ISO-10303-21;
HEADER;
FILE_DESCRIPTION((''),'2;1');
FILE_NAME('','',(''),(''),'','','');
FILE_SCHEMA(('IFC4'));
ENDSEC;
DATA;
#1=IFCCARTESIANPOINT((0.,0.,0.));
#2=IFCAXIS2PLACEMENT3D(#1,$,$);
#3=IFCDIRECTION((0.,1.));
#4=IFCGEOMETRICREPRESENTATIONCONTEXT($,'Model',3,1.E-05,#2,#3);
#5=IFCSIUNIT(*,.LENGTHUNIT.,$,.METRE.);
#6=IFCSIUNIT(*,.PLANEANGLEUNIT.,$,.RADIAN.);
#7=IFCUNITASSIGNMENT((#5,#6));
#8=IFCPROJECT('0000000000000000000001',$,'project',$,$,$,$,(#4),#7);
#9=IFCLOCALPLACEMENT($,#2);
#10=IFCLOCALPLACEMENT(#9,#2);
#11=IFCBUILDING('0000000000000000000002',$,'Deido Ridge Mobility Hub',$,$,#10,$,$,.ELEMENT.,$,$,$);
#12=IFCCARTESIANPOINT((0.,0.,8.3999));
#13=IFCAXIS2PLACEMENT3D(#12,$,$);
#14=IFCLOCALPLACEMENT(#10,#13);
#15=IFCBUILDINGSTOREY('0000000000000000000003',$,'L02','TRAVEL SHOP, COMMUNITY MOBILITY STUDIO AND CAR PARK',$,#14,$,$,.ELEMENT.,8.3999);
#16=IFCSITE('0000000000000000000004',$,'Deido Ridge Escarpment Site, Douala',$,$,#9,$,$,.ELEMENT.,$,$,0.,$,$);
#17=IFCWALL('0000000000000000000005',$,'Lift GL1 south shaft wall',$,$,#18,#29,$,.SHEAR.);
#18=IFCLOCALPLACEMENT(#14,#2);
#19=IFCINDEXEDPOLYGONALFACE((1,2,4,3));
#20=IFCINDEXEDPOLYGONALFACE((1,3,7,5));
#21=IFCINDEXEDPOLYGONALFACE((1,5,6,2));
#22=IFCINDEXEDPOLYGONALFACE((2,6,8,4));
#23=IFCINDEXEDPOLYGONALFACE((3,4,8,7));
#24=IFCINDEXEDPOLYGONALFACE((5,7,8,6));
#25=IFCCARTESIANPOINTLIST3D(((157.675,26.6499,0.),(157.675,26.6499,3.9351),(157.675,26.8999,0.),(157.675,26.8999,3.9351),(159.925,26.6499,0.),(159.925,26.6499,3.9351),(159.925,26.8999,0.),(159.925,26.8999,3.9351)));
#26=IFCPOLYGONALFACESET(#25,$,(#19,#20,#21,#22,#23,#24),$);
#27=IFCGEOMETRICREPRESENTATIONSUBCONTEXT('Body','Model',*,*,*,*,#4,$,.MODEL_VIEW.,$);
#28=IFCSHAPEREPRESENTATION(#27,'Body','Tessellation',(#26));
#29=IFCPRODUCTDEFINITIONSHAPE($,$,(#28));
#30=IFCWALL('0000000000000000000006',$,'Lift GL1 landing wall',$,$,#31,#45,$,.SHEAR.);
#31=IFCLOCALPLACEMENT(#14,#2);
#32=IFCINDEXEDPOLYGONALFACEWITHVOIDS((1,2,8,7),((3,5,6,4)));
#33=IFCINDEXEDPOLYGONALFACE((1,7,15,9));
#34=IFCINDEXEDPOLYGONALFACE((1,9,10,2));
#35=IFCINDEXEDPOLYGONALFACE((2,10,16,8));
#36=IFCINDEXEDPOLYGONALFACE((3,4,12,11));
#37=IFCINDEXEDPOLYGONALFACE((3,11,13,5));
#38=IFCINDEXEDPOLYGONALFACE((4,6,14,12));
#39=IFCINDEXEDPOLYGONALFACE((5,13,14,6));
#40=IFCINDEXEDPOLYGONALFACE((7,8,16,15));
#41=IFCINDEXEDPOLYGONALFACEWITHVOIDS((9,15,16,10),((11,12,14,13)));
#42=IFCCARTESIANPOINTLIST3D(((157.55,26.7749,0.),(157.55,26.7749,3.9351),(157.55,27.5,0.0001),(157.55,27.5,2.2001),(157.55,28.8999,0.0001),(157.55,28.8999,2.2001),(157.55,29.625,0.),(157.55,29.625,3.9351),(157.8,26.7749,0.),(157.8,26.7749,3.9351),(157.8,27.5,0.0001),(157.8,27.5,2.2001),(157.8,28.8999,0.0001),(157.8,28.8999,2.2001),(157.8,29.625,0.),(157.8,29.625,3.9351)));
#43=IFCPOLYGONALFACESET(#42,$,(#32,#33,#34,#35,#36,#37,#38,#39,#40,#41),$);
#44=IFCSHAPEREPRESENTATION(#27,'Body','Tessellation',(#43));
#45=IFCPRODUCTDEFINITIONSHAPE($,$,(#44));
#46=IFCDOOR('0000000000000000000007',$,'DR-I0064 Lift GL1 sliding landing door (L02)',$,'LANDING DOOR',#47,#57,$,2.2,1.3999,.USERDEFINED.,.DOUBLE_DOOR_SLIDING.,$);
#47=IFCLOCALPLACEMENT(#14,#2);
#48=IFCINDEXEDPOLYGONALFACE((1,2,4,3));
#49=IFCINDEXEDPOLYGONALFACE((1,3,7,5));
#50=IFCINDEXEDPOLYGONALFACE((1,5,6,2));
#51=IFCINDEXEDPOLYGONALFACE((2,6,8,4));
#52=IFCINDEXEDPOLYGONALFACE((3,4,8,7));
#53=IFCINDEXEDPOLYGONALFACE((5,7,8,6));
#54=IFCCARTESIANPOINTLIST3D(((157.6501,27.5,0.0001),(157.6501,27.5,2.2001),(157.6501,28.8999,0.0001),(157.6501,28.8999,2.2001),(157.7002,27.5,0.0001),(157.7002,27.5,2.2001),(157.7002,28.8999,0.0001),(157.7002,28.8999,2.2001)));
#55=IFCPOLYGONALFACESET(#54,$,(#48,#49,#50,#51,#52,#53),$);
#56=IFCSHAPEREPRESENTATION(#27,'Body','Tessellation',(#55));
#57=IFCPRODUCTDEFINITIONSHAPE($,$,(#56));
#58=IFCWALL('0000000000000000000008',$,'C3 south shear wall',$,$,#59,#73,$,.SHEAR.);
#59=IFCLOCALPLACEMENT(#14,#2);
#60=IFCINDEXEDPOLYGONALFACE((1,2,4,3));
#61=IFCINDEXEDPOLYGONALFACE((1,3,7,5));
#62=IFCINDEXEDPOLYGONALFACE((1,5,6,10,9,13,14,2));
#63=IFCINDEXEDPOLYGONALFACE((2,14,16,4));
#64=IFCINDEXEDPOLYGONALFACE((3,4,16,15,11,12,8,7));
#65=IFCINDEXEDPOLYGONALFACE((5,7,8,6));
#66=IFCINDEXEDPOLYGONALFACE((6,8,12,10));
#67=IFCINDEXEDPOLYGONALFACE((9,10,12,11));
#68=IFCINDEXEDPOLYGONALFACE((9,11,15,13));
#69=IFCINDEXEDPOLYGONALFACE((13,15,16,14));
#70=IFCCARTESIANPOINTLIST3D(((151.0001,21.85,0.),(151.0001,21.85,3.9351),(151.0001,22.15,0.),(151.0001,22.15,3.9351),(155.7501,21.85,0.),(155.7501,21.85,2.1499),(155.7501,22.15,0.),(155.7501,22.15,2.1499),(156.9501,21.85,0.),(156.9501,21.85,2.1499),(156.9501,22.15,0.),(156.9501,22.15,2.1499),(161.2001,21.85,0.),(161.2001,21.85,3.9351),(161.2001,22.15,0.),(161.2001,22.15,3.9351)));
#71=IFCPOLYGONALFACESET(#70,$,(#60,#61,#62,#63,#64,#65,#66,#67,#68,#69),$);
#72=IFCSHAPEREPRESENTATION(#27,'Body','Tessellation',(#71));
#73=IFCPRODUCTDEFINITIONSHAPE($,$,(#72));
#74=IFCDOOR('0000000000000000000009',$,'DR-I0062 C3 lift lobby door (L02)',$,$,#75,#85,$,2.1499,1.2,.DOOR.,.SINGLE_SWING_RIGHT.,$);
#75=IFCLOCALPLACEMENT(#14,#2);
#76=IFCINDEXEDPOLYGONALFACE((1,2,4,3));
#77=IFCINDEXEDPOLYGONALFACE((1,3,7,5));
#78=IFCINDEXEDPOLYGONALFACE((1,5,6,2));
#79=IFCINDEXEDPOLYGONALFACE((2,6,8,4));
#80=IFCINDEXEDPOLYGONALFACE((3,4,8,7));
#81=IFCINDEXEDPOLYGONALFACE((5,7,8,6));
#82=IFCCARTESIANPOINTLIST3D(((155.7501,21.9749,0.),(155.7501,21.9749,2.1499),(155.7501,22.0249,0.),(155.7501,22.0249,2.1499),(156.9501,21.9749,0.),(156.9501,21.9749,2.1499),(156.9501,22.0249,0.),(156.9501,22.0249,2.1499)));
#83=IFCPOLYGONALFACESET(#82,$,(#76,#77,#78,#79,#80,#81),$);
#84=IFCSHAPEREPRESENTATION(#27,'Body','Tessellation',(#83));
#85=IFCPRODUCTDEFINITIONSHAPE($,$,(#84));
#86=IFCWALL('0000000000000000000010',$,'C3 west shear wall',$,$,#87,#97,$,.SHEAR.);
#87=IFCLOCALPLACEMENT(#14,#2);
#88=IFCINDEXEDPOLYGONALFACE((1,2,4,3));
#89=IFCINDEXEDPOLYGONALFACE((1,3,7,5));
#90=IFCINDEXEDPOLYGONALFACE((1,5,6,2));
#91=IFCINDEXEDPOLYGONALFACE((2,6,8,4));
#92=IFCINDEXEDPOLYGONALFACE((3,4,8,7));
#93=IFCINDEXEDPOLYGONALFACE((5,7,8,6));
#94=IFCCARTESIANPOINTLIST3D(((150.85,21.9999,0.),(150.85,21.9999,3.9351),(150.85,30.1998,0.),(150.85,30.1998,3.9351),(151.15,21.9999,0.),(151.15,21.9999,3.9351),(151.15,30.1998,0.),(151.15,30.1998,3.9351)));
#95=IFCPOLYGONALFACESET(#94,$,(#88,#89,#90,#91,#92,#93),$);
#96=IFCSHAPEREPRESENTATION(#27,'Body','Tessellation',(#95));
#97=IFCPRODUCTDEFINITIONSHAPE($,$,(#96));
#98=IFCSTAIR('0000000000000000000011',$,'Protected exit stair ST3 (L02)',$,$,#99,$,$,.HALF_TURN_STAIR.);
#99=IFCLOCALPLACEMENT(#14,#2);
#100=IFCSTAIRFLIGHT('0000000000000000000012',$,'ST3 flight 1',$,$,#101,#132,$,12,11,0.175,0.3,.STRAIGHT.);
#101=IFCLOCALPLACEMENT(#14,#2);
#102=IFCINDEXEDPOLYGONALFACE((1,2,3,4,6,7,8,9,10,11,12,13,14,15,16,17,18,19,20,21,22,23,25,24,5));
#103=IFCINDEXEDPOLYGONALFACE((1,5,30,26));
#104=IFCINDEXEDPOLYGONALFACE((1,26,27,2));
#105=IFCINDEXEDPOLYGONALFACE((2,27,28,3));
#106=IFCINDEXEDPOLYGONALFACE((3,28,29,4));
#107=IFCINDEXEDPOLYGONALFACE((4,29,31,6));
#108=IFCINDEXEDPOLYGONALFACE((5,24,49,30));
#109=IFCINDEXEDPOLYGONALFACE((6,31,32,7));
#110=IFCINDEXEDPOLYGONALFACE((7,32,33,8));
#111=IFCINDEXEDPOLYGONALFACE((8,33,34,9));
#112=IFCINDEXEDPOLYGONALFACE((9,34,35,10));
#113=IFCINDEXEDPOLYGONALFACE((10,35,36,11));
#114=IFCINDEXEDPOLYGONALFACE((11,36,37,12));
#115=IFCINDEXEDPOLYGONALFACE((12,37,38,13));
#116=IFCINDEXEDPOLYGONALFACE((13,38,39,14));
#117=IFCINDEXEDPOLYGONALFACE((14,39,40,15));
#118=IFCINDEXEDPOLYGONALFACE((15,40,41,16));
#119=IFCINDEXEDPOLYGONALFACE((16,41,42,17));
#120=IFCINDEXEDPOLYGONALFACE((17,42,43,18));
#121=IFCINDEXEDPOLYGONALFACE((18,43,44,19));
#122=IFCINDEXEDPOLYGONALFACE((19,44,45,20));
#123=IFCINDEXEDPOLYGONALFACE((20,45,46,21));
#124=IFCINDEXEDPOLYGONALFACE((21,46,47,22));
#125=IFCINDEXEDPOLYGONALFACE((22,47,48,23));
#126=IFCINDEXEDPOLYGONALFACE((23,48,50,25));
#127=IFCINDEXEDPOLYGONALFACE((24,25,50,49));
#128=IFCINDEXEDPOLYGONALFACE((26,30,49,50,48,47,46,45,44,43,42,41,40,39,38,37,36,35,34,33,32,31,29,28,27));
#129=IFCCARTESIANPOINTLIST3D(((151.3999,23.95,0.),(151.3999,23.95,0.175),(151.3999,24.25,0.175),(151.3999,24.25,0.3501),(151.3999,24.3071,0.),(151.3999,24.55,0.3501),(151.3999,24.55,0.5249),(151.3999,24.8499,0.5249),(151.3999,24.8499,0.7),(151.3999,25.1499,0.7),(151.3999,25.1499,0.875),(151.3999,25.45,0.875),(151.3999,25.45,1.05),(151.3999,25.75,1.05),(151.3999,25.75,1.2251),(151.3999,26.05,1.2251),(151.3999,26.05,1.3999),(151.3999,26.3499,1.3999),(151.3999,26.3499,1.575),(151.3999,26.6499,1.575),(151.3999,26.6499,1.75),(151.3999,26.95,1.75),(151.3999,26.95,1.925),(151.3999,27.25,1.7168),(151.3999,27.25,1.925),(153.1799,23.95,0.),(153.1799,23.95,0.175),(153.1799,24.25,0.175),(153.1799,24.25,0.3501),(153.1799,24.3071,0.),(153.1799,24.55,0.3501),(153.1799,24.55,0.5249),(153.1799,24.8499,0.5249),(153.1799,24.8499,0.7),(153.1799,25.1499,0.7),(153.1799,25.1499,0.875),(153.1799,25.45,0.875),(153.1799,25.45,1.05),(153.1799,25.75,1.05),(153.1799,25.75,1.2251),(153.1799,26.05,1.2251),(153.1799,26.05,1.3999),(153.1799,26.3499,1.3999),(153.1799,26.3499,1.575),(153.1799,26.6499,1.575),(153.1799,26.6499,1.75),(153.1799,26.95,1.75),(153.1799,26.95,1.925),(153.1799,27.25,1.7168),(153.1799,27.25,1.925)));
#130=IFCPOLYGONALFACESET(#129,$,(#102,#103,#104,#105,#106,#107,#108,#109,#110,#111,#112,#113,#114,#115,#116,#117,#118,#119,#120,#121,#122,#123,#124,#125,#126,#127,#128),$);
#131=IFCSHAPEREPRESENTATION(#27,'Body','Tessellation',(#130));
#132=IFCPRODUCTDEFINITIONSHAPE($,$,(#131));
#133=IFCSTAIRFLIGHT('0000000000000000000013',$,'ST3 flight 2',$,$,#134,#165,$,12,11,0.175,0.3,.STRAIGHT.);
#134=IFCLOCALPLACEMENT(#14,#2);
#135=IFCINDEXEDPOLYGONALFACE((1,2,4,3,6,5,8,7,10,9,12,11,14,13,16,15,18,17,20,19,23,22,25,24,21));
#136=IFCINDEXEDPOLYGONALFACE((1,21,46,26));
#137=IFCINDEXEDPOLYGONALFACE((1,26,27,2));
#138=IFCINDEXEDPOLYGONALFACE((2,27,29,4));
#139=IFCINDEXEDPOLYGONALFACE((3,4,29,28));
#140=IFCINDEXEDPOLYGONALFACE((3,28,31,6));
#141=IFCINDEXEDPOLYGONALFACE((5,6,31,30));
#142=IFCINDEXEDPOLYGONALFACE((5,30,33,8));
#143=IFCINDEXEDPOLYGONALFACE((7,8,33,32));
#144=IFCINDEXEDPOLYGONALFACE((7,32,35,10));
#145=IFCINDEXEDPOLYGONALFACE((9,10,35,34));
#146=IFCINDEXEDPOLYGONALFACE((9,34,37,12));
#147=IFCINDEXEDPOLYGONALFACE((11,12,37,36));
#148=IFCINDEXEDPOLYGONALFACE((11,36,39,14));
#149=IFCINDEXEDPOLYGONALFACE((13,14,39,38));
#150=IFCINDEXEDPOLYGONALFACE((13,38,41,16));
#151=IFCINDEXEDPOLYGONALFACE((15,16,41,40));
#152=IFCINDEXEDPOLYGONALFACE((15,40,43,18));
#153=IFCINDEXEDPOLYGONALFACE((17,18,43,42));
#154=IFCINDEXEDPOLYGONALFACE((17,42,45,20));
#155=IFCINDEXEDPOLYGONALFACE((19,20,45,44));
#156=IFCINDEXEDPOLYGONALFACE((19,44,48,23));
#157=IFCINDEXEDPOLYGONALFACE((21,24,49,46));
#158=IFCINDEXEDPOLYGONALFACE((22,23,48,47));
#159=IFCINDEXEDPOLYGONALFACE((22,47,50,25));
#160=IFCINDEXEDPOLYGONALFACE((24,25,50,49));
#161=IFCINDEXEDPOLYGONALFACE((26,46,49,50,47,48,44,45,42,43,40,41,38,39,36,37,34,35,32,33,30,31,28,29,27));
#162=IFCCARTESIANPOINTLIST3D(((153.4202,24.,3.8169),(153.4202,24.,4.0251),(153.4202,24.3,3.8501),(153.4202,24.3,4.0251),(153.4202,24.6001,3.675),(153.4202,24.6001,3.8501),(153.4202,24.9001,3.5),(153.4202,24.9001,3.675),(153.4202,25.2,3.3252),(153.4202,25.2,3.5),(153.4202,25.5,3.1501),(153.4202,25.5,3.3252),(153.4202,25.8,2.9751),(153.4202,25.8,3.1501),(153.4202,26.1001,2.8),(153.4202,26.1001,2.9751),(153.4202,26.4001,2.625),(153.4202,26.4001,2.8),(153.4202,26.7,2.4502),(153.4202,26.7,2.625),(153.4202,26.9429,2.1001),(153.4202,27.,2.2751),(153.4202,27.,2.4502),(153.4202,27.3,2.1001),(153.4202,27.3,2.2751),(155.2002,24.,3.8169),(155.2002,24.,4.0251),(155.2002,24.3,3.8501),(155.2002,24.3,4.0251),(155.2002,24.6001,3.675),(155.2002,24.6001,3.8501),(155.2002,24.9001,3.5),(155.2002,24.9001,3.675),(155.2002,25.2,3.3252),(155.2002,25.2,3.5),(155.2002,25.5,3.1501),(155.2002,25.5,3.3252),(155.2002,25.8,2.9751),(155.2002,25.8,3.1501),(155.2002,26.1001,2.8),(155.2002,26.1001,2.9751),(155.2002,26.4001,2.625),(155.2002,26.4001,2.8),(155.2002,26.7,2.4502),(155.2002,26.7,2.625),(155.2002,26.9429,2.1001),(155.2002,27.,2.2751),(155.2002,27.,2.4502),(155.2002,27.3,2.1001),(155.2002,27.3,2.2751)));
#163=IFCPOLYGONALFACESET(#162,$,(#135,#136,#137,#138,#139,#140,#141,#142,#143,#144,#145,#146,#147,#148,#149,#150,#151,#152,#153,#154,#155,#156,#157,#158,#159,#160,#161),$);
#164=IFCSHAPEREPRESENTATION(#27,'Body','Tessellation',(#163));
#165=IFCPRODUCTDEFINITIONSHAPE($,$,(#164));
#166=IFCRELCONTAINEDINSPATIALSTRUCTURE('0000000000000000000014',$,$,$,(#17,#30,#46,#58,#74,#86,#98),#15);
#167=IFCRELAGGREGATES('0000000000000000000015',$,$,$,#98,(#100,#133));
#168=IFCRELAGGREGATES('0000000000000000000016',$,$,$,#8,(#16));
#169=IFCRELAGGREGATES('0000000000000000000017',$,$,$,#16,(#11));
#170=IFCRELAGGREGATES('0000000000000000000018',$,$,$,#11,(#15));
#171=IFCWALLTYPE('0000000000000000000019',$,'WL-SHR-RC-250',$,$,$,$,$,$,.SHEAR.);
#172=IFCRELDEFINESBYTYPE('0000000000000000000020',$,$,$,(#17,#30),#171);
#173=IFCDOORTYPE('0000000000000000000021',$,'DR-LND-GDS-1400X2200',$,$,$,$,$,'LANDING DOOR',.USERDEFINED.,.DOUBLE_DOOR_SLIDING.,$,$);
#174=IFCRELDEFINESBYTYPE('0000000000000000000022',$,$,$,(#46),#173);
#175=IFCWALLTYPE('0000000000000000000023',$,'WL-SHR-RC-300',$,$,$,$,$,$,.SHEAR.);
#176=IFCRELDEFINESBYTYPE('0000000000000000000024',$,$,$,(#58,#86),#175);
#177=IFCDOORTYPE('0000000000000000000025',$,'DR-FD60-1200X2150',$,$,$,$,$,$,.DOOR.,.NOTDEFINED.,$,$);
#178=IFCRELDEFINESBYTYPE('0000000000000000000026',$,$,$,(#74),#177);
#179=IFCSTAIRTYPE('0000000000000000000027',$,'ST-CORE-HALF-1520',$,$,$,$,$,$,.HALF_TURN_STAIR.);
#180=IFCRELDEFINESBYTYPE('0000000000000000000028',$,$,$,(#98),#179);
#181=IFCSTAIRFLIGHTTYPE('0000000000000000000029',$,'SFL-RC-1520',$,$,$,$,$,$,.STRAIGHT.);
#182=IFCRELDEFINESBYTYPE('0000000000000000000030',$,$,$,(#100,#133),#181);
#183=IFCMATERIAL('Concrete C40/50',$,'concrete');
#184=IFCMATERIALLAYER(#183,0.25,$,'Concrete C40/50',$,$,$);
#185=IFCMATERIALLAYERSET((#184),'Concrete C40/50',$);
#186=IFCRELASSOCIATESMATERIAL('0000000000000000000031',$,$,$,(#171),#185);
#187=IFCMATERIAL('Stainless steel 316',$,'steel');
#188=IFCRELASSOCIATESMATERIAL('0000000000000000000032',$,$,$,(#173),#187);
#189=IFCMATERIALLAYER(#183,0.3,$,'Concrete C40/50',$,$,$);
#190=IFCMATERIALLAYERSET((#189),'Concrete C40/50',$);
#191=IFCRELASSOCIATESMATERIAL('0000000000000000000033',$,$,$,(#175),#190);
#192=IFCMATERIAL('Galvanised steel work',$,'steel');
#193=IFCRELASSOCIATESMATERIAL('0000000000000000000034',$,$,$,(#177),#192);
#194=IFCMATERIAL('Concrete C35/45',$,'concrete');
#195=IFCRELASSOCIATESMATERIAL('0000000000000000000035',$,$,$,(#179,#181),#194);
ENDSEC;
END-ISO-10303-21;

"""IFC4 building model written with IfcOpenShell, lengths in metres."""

from ifc_helpers import new_model, si_unit, direction, frame, frame_2d, origin, place, context, subcontext, project, spatial, polyline, rectangle, outline, extrude, material, layer, layer_set, type_object, element, fill, aggregate, save


model = new_model("IFC4")

# Units and contexts
model_context = context("Model", 3, precision=1e-05, world=origin(), true_north=direction((0.0, 1.0)))
body_context = subcontext(model_context, "Body", "Model", "MODEL_VIEW")
ifc_project = project(units=[si_unit("LENGTHUNIT", "METRE"), si_unit("PLANEANGLEUNIT", "RADIAN")], contexts=[model_context])

# Site, building, storey
site_placement = place(None, origin())
site = spatial("IfcSite", under=ifc_project, at=site_placement, Name="Deido Ridge Escarpment Site, Douala", CompositionType="ELEMENT", RefElevation=0.0)
building_placement = place(site_placement, origin())
building = spatial("IfcBuilding", under=site, at=building_placement, Name="Deido Ridge Mobility Hub", CompositionType="ELEMENT")
storey_placement = place(building_placement, frame((0.0, 0.0, 8.3999)))
storey = spatial("IfcBuildingStorey", under=building, at=storey_placement, Name="L02", Description="TRAVEL SHOP, COMMUNITY MOBILITY STUDIO AND CAR PARK", CompositionType="ELEMENT", Elevation=8.3999)

# Shared definitions
ifc_material_1 = material(Name="Concrete C40/50", Category="concrete")
ifc_layer_1 = layer(ifc_material_1, 0.25, Name="Concrete C40/50")
ifc_layer_set_1 = layer_set([ifc_layer_1], Name="Concrete C40/50")
wall_type_1 = type_object("IfcWallType", Name="WL-SHR-RC-250", PredefinedType="SHEAR", material=ifc_layer_set_1)
ifc_material_2 = material(Name="Galvanised steel work", Category="steel")

# Wall
wall_1_placement = place(storey_placement, frame((157.675, 26.7749, 0.0), z_axis=(0.0, 0.0, 1.0), x_axis=(1.0, 0.0, 0.0)))
element("IfcWall", 1, at=wall_1_placement, inside=storey, type_object=wall_type_1, Name="Lift GL1 south shaft wall", PredefinedType="SHEAR", context=body_context, shape_type="SweptSolid", body=[
    extrude(rectangle(XDim=2.25, YDim=0.25, at=frame_2d((1.125, 0.0))), origin(), (0.0, 0.0, 1.0), 3.9351),
])

# Walls, openings, doors
wall_2_placement = place(storey_placement, frame((157.675, 26.7749, 0.0), z_axis=(0.0, 0.0, 1.0), x_axis=(0.0, 1.0, 0.0)))
wall_2 = element("IfcWall", 2, at=wall_2_placement, inside=storey, type_object=wall_type_1, Name="Lift GL1 landing wall", PredefinedType="SHEAR", context=body_context, shape_type="SweptSolid", body=[
    extrude(rectangle(XDim=2.8501, YDim=0.25, at=frame_2d((1.425, 0.0))), origin(), (0.0, 0.0, 1.0), 3.9351),
])
opening_1_placement = place(wall_2_placement, frame((0.7251, 0.0, 0.0)))
opening_1 = element("IfcOpeningElement", 3, at=opening_1_placement, cuts=wall_2, PredefinedType="OPENING", context=body_context, shape_type="SweptSolid", body=[
    extrude(rectangle(XDim=1.3999, YDim=2.2, at=frame_2d((0.7, 1.1001))), frame((0.0, 0.135, 0.0), z_axis=(0.0, -1.0, 0.0), x_axis=(1.0, 0.0, 0.0)), (0.0, 0.0, 1.0), 0.27),
])
ifc_material_3 = material(Name="Stainless steel 316", Category="steel")
door_type_1 = type_object("IfcDoorType", Name="DR-LND-GDS-1400X2200", ElementType="LANDING DOOR", OperationType="DOUBLE_DOOR_SLIDING", PredefinedType="USERDEFINED", material=ifc_material_3)
door_1_placement = place(opening_1_placement, origin())
door_1 = element("IfcDoor", 4, at=door_1_placement, inside=storey, type_object=door_type_1, Name="DR-I0064 Lift GL1 sliding landing door (L02)", ObjectType="LANDING DOOR", OperationType="DOUBLE_DOOR_SLIDING", OverallHeight=2.2, OverallWidth=1.3999, PredefinedType="USERDEFINED", context=body_context, shape_type="SweptSolid", body=[
    extrude(rectangle(XDim=1.3999, YDim=2.2, at=frame_2d((0.7, 1.1001))), frame((0.0, 0.0249, 0.0), z_axis=(0.0, -1.0, 0.0), x_axis=(1.0, 0.0, 0.0)), (0.0, 0.0, 1.0), 0.05),
])
fill(opening_1, door_1)
ifc_layer_2 = layer(ifc_material_1, 0.3, Name="Concrete C40/50")
ifc_layer_set_2 = layer_set([ifc_layer_2], Name="Concrete C40/50")
wall_type_2 = type_object("IfcWallType", Name="WL-SHR-RC-300", PredefinedType="SHEAR", material=ifc_layer_set_2)
wall_3_placement = place(storey_placement, frame((151.0, 22.0, 0.0), z_axis=(0.0, 0.0, 1.0), x_axis=(1.0, 0.0, 0.0)))
wall_3 = element("IfcWall", 5, at=wall_3_placement, inside=storey, type_object=wall_type_2, Name="C3 south shear wall", PredefinedType="SHEAR", context=body_context, shape_type="SweptSolid", body=[
    extrude(rectangle(XDim=10.2, YDim=0.3, at=frame_2d((5.1001, 0.0))), origin(), (0.0, 0.0, 1.0), 3.9351),
])
opening_2_placement = place(wall_3_placement, frame((4.75, 0.0, 0.0)))
opening_2 = element("IfcOpeningElement", 6, at=opening_2_placement, cuts=wall_3, PredefinedType="OPENING", context=body_context, shape_type="SweptSolid", body=[
    extrude(rectangle(XDim=1.2, YDim=2.1499, at=frame_2d((0.6001, 1.075))), frame((0.0, 0.1602, 0.0), z_axis=(0.0, -1.0, 0.0), x_axis=(1.0, 0.0, 0.0)), (0.0, 0.0, 1.0), 0.3201),
])
door_type_2 = type_object("IfcDoorType", Name="DR-FD60-1200X2150", OperationType="NOTDEFINED", PredefinedType="DOOR", material=ifc_material_2)
door_2_placement = place(opening_2_placement, origin())
door_2 = element("IfcDoor", 7, at=door_2_placement, inside=storey, type_object=door_type_2, Name="DR-I0062 C3 lift lobby door (L02)", OperationType="SINGLE_SWING_RIGHT", OverallHeight=2.1499, OverallWidth=1.2, PredefinedType="DOOR", context=body_context, shape_type="SweptSolid", body=[
    extrude(rectangle(XDim=1.2, YDim=2.1499, at=frame_2d((0.6001, 1.075))), frame((0.0, 0.0249, 0.0), z_axis=(0.0, -1.0, 0.0), x_axis=(1.0, 0.0, 0.0)), (0.0, 0.0, 1.0), 0.05),
])
fill(opening_2, door_2)

# Wall
wall_4_placement = place(storey_placement, frame((151.0, 30.2, 0.0), z_axis=(0.0, 0.0, 1.0), x_axis=(0.0, -1.0, 0.0)))
element("IfcWall", 8, at=wall_4_placement, inside=storey, type_object=wall_type_2, Name="C3 west shear wall", PredefinedType="SHEAR", context=body_context, shape_type="SweptSolid", body=[
    extrude(rectangle(XDim=8.2, YDim=0.3, at=frame_2d((4.1001, 0.0))), origin(), (0.0, 0.0, 1.0), 3.9351),
])

# Stair, stair flights
ifc_material_4 = material(Name="Concrete C35/45", Category="concrete")
stair_type = type_object("IfcStairType", Name="ST-CORE-HALF-1520", PredefinedType="HALF_TURN_STAIR", material=ifc_material_4)
stair_placement = place(storey_placement, origin())
stair = element("IfcStair", 9, at=stair_placement, inside=storey, type_object=stair_type, Name="Protected exit stair ST3 (L02)", PredefinedType="HALF_TURN_STAIR")
stair_flight_type = type_object("IfcStairFlightType", Name="SFL-RC-1520", PredefinedType="STRAIGHT", material=ifc_material_4)
stair_flight_1_placement = place(storey_placement, frame((152.29, 23.95, 0.0), z_axis=(0.0, 0.0, 1.0), x_axis=(0.0, 1.0, 0.0)))
stair_flight_1 = element("IfcStairFlight", 10, at=stair_flight_1_placement, type_object=stair_flight_type, Name="ST3 flight 1", NumberOfRisers=12, NumberOfTreads=11, PredefinedType="STRAIGHT", RiserHeight=0.175, TreadLength=0.3, context=body_context, shape_type="SweptSolid", body=[
    extrude(outline(polyline([(0.0, 0.0), (0.0, 0.175), (0.3, 0.175), (0.3, 0.3501), (0.6001, 0.3501), (0.6001, 0.5249), (0.8999, 0.5249), (0.8999, 0.7), (1.2, 0.7), (1.2, 0.875), (1.5, 0.875), (1.5, 1.05), (1.8, 1.05), (1.8, 1.2251), (2.1001, 1.2251), (2.1001, 1.3999), (2.3999, 1.3999), (2.3999, 1.575), (2.7, 1.575), (2.7, 1.75), (3.0, 1.75), (3.0, 1.925), (3.3, 1.925), (3.3, 2.1001), (3.3, 1.7168), (0.3572, 0.0), (0.0, 0.0)])), frame((0.0, 0.8901, 0.0), z_axis=(0.0, -1.0, 0.0), x_axis=(1.0, 0.0, 0.0)), (0.0, 0.0, 1.0), 1.78),
])
stair_flight_2_placement = place(storey_placement, frame((154.3101, 27.3, 2.1001), z_axis=(0.0, 0.0, 1.0), x_axis=(0.0, -1.0, 0.0)))
stair_flight_2 = element("IfcStairFlight", 11, at=stair_flight_2_placement, type_object=stair_flight_type, Name="ST3 flight 2", NumberOfRisers=12, NumberOfTreads=11, PredefinedType="STRAIGHT", RiserHeight=0.175, TreadLength=0.3, context=body_context, shape_type="SweptSolid", body=[
    extrude(outline(polyline([(0.0, 0.0), (0.0, 0.175), (0.3, 0.175), (0.3, 0.3501), (0.6001, 0.3501), (0.6001, 0.5249), (0.8999, 0.5249), (0.8999, 0.7), (1.2, 0.7), (1.2, 0.875), (1.5, 0.875), (1.5, 1.05), (1.8, 1.05), (1.8, 1.2251), (2.1001, 1.2251), (2.1001, 1.3999), (2.3999, 1.3999), (2.3999, 1.575), (2.7, 1.575), (2.7, 1.75), (3.0, 1.75), (3.0, 1.925), (3.3, 1.925), (3.3, 2.1001), (3.3, 1.7168), (0.3572, 0.0), (0.0, 0.0)])), frame((0.0, 0.8901, 0.0), z_axis=(0.0, -1.0, 0.0), x_axis=(1.0, 0.0, 0.0)), (0.0, 0.0, 1.0), 1.78),
])
aggregate(stair, [stair_flight_1, stair_flight_2])

save(model, "model.ifc")
